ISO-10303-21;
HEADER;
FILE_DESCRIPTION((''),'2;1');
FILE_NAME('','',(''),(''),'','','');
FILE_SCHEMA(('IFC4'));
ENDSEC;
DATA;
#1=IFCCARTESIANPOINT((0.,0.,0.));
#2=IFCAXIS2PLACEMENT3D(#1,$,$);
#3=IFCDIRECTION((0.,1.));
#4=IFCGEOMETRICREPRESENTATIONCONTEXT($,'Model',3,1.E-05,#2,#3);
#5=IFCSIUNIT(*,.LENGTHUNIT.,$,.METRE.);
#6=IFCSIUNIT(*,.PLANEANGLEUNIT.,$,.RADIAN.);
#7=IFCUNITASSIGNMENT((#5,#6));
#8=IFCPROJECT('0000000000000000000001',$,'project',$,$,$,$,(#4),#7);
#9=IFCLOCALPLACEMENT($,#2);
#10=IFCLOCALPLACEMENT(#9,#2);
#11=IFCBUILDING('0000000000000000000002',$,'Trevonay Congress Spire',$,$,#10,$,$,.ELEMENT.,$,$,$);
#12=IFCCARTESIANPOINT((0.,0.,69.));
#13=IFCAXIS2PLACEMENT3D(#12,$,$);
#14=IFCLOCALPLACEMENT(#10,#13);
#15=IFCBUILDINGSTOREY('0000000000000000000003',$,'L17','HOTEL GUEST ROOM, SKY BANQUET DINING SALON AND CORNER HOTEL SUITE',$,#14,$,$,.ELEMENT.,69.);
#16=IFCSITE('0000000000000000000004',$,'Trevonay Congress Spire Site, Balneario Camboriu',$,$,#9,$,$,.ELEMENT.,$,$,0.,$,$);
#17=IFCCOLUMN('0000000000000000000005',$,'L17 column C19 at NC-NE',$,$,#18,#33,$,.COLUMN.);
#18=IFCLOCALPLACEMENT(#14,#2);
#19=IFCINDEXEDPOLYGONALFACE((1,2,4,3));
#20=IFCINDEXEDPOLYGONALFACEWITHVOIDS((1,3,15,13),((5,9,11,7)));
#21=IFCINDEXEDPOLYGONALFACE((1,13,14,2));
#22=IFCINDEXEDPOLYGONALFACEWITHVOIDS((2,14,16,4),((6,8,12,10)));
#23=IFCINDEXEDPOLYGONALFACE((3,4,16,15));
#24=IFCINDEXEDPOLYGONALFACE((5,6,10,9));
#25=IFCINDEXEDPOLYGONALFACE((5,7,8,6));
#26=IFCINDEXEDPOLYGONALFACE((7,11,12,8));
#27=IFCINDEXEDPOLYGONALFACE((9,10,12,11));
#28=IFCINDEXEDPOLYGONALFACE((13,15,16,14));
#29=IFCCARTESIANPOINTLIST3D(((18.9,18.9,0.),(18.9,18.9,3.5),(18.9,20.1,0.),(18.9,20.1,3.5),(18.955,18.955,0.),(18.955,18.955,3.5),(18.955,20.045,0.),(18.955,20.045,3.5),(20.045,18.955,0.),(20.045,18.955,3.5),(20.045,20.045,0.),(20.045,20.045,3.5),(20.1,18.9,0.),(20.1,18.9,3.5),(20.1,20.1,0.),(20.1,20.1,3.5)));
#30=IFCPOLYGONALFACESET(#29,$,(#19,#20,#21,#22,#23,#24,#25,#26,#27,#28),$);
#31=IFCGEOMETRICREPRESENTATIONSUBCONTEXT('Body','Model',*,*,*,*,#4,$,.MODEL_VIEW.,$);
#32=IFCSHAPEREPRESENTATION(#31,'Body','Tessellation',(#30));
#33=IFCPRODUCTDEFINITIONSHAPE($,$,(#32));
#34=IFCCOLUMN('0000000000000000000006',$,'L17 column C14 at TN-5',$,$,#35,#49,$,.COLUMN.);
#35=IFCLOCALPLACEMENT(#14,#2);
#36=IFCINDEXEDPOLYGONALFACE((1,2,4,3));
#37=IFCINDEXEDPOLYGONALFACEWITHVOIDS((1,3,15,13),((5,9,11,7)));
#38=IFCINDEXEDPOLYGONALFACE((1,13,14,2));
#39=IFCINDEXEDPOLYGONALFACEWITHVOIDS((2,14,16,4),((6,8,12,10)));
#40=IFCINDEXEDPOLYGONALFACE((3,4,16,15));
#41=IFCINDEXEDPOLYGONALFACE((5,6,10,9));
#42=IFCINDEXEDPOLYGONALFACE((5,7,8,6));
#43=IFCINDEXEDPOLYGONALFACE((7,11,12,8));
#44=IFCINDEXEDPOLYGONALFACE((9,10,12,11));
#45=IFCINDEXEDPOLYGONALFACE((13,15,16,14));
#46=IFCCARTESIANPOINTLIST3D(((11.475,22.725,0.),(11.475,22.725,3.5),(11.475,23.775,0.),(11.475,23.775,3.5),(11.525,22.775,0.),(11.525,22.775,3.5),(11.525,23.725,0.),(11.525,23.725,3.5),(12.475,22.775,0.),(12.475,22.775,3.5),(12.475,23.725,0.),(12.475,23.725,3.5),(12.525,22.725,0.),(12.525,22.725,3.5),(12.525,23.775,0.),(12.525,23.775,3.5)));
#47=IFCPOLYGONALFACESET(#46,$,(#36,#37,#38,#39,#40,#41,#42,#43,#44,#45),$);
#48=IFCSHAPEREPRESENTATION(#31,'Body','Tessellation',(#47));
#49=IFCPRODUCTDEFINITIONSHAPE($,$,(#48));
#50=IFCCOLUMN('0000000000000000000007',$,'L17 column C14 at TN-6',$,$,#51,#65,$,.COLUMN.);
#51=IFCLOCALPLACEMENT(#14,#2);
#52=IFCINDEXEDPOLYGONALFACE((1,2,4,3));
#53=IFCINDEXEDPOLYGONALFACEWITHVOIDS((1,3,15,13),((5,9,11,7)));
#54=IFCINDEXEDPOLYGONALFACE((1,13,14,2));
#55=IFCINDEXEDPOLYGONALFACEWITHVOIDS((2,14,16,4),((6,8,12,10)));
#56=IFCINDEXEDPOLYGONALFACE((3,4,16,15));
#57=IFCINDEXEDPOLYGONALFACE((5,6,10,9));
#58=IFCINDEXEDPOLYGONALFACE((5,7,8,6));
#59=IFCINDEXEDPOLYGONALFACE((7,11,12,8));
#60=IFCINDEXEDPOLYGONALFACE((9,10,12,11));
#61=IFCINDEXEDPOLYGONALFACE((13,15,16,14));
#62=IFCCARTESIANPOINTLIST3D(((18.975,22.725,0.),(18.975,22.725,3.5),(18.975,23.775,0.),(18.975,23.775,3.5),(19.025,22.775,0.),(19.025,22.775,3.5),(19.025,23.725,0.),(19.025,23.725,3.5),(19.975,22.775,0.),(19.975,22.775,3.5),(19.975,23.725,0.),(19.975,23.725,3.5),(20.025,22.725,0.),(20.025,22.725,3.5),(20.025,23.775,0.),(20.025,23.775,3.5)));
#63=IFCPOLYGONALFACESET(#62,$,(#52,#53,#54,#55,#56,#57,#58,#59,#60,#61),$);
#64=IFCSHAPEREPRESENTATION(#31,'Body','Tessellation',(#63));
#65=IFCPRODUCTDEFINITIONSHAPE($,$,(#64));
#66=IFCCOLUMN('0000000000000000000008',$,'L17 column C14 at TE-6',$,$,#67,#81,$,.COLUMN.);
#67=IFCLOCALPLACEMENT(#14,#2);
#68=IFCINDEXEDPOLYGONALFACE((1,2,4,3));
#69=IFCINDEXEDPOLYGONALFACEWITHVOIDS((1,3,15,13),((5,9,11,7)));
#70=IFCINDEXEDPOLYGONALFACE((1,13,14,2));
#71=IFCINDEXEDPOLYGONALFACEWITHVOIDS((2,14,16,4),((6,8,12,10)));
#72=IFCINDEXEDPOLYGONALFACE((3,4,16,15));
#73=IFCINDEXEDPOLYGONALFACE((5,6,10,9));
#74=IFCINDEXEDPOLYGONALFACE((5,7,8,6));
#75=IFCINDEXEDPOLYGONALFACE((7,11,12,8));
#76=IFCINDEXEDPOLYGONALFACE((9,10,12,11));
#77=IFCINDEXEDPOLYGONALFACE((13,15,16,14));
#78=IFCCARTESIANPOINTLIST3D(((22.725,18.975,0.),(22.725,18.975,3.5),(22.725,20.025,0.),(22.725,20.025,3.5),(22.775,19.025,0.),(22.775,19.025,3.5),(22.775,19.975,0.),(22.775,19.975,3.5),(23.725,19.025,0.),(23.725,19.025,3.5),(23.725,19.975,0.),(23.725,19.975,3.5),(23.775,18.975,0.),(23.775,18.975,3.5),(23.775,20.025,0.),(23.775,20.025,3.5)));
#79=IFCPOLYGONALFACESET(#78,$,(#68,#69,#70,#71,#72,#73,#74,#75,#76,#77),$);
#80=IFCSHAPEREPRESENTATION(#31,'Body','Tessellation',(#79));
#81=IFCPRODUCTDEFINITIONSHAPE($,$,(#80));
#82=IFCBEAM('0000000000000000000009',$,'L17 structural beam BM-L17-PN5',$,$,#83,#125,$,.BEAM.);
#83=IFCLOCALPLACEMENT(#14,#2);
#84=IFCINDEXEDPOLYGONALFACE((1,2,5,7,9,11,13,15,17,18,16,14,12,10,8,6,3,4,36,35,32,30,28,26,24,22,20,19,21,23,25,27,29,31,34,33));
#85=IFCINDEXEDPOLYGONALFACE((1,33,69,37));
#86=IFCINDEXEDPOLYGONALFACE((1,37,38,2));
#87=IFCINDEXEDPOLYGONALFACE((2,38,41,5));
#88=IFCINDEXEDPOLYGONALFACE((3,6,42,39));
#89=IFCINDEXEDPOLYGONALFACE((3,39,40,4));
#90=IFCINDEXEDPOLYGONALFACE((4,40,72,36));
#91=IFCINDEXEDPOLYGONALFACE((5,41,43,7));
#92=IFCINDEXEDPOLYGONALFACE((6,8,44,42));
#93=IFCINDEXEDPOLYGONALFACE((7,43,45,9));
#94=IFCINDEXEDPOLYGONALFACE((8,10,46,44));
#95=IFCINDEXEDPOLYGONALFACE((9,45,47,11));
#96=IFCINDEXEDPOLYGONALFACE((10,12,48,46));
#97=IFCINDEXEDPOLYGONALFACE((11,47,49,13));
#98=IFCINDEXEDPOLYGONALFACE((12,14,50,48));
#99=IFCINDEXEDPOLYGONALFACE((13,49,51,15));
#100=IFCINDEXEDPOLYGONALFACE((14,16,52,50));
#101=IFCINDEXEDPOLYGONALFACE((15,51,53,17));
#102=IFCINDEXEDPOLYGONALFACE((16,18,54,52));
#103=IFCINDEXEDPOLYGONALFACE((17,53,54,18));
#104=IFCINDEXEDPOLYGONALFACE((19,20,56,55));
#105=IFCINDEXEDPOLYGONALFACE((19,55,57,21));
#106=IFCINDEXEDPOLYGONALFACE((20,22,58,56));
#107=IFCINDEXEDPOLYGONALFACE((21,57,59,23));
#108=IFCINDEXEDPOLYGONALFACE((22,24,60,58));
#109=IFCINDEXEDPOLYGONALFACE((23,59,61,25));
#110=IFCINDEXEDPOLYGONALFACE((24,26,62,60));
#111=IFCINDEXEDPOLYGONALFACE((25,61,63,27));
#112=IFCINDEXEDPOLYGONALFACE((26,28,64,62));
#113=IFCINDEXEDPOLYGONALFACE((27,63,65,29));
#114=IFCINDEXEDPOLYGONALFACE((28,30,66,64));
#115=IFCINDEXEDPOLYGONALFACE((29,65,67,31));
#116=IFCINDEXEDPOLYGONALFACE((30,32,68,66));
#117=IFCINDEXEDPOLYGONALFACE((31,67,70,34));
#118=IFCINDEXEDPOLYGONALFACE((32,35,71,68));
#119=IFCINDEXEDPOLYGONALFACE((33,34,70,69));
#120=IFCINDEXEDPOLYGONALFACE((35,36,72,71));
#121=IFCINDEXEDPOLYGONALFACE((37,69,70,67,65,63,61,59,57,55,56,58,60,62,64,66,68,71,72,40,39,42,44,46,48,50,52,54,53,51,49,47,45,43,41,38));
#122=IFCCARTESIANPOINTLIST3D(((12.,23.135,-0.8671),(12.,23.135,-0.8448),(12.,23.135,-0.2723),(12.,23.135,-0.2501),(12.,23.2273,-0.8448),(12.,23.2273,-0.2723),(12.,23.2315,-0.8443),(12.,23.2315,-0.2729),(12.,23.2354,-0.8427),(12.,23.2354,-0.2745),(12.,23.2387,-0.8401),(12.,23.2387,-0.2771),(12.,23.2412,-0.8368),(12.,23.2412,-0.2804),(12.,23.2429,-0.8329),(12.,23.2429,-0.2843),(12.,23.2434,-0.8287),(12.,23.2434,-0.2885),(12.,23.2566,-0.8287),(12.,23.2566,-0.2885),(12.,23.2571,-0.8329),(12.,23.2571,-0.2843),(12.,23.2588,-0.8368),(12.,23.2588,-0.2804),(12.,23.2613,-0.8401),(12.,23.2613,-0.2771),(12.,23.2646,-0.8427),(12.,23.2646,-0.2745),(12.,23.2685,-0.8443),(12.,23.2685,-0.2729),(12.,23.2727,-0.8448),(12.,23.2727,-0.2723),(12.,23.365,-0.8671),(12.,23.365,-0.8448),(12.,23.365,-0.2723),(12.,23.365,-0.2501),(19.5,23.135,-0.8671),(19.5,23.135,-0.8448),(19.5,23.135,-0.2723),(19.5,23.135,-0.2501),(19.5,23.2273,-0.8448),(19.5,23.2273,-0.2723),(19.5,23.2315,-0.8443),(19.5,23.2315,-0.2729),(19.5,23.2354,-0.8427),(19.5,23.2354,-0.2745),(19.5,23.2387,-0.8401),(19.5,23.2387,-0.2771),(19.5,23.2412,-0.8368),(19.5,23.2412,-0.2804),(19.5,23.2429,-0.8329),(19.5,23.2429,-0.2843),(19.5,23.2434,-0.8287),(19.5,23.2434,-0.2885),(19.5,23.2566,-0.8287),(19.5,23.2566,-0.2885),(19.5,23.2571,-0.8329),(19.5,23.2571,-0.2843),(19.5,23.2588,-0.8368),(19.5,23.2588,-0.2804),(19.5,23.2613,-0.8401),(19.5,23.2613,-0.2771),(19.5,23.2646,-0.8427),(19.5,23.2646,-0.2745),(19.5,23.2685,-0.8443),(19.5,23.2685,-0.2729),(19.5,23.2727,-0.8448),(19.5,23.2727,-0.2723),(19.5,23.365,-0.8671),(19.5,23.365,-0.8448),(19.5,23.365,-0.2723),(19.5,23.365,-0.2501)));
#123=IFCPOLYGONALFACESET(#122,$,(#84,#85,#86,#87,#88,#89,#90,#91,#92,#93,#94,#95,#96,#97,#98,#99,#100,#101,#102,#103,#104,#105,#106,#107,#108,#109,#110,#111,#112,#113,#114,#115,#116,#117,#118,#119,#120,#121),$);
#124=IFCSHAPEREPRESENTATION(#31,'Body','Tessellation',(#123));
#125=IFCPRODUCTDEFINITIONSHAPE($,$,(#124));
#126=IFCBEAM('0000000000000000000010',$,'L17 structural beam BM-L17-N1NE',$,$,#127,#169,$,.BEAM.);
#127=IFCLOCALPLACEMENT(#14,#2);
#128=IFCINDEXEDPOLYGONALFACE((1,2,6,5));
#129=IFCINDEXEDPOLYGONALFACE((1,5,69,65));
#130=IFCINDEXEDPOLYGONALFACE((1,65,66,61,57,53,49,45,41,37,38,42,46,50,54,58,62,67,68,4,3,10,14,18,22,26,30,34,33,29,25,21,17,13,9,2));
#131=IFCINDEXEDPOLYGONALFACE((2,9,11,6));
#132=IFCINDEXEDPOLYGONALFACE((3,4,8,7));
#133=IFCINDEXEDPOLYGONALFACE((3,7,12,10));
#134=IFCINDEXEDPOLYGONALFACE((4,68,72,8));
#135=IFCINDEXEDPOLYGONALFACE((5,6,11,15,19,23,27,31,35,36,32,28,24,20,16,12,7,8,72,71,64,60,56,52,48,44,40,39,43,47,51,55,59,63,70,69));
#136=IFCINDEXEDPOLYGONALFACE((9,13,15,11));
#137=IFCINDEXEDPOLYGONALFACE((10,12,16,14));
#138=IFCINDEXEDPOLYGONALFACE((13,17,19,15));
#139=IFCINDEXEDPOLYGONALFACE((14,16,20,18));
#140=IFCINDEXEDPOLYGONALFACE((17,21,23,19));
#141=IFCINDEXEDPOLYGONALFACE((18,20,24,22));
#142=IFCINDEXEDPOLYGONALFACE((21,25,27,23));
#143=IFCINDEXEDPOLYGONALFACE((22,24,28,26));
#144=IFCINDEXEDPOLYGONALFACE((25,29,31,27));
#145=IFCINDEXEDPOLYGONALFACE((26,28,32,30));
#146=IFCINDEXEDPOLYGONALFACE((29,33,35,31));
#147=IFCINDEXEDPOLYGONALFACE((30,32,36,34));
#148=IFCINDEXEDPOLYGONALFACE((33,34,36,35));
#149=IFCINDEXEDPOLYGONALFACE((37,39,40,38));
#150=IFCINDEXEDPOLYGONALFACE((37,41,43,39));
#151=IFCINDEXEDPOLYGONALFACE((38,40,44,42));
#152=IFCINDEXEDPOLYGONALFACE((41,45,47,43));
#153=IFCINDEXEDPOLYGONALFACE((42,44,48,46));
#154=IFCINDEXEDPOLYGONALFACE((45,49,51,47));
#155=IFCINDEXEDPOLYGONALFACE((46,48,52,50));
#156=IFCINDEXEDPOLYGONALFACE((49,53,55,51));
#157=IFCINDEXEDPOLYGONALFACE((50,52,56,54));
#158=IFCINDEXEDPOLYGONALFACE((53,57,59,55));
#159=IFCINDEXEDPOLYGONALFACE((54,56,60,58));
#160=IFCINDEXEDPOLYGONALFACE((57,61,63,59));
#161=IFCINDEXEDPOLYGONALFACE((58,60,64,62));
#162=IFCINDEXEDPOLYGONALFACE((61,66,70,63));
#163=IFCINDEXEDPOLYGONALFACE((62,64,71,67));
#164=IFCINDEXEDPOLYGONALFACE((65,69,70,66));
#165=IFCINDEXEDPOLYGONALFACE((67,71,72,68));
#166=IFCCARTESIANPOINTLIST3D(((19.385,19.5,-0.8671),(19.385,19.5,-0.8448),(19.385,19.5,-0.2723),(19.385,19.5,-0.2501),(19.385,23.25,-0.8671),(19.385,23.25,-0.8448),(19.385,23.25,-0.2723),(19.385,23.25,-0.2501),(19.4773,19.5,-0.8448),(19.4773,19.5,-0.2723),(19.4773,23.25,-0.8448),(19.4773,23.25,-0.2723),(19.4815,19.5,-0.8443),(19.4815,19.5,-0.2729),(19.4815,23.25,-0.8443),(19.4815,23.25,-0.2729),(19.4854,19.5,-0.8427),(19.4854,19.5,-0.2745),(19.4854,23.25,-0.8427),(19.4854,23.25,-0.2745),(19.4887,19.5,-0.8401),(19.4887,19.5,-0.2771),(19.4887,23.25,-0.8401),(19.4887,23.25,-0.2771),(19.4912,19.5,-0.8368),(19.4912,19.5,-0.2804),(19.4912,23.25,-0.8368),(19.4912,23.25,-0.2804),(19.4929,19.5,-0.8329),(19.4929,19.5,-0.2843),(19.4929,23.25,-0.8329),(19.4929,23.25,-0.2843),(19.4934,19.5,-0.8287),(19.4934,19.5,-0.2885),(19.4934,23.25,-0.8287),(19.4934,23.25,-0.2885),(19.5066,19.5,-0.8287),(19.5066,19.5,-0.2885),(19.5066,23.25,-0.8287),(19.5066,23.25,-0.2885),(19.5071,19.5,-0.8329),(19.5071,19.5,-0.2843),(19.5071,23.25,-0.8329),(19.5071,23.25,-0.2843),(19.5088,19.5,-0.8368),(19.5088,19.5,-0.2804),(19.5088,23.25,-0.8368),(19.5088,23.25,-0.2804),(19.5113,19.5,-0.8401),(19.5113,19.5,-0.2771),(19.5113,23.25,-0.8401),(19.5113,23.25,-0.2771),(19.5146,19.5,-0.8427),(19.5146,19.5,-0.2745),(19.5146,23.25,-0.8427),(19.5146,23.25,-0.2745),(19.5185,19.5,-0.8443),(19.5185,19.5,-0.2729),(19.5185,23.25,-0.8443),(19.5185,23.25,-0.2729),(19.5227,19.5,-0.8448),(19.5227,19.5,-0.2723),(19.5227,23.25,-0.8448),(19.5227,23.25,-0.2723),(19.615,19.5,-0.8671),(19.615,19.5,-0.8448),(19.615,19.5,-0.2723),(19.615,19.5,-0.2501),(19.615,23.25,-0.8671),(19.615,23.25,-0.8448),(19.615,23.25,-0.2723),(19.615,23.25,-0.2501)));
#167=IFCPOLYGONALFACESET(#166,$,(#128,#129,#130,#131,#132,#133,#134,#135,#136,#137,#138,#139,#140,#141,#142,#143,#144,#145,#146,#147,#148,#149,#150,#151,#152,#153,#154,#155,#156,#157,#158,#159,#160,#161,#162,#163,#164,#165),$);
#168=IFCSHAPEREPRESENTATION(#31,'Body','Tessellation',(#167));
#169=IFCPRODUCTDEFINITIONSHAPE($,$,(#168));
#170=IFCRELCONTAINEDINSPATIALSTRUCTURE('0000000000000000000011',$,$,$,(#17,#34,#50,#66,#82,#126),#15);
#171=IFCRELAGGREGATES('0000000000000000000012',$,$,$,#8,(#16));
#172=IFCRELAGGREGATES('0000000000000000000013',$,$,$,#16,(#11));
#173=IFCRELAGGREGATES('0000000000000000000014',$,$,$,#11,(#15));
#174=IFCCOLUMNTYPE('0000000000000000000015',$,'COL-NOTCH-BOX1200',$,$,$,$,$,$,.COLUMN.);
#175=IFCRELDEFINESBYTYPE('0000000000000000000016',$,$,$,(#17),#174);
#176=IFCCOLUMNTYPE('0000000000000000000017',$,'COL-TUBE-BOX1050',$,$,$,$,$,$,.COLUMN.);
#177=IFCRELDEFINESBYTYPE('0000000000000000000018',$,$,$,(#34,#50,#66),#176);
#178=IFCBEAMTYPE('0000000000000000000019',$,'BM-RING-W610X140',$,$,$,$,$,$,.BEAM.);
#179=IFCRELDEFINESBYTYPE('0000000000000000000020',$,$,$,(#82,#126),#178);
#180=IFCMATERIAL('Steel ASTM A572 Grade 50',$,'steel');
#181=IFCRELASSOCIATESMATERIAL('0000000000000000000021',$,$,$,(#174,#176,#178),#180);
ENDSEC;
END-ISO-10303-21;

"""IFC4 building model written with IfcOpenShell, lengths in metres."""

from ifc_helpers import new_model, si_unit, direction, frame, origin, origin_2d, place, context, subcontext, project, spatial, hollow_rectangle, i_section, extrude, material, material_profile, profile_set, type_object, element, save


model = new_model("IFC4")

# Units and contexts
model_context = context("Model", 3, precision=1e-05, world=origin(), true_north=direction((0.0, 1.0)))
body_context = subcontext(model_context, "Body", "Model", "MODEL_VIEW")
ifc_project = project(units=[si_unit("LENGTHUNIT", "METRE"), si_unit("PLANEANGLEUNIT", "RADIAN")], contexts=[model_context])

# Site, building, storey
site_placement = place(None, origin())
site = spatial("IfcSite", under=ifc_project, at=site_placement, Name="Trevonay Congress Spire Site, Balneario Camboriu", CompositionType="ELEMENT", RefElevation=0.0)
building_placement = place(site_placement, origin())
building = spatial("IfcBuilding", under=site, at=building_placement, Name="Trevonay Congress Spire", CompositionType="ELEMENT")
storey_placement = place(building_placement, frame((0.0, 0.0, 69.0)))
storey = spatial("IfcBuildingStorey", under=building, at=storey_placement, Name="L17", Description="HOTEL GUEST ROOM, SKY BANQUET DINING SALON AND CORNER HOTEL SUITE", CompositionType="ELEMENT", Elevation=69.0)

# Columns
ifc_material_1 = material(Name="Steel ASTM A572 Grade 50", Category="steel")
ifc_material_profile_1 = material_profile(ifc_material_1, hollow_rectangle(XDim=1.2, YDim=1.2, WallThickness=0.0549, at=origin_2d()), Name="BOX 1200x1200x55")
ifc_profile_set_1 = profile_set([ifc_material_profile_1], Name="Steel ASTM A572 Grade 50")
column_type_1 = type_object("IfcColumnType", Name="COL-NOTCH-BOX1200", PredefinedType="COLUMN", material=ifc_profile_set_1)
column_placement = place(storey_placement, frame((19.5, 19.5, 0.0), z_axis=(0.0, 0.0, 1.0), x_axis=(1.0, 0.0, 0.0)))
element("IfcColumn", 1, at=column_placement, inside=storey, type_object=column_type_1, Name="L17 column C19 at NC-NE", PredefinedType="COLUMN", context=body_context, shape_type="SweptSolid", body=[
    extrude(hollow_rectangle(XDim=1.2, YDim=1.2, WallThickness=0.0549, at=origin_2d()), origin(), (0.0, 0.0, 1.0), 3.5),
])
ifc_material_profile_2 = material_profile(ifc_material_1, hollow_rectangle(XDim=1.05, YDim=1.05, WallThickness=0.05, at=origin_2d()), Name="BOX 1050x1050x50")
ifc_profile_set_2 = profile_set([ifc_material_profile_2], Name="Steel ASTM A572 Grade 50")
column_type_2 = type_object("IfcColumnType", Name="COL-TUBE-BOX1050", PredefinedType="COLUMN", material=ifc_profile_set_2)
for number, where, z_axis, x_axis, name in (
    (2, (12.0, 23.25, 0.0), (0.0, 0.0, 1.0), (1.0, 0.0, 0.0), "L17 column C14 at TN-5"),
    (3, (19.5, 23.25, 0.0), (0.0, 0.0, 1.0), (1.0, 0.0, 0.0), "L17 column C14 at TN-6"),
    (4, (23.25, 19.5, 0.0), (0.0, 0.0, 1.0), (1.0, 0.0, 0.0), "L17 column C14 at TE-6"),
):
    element("IfcColumn", number, at=place(storey_placement, frame(where, z_axis=z_axis, x_axis=x_axis)), inside=storey, type_object=column_type_2, Name=name, PredefinedType="COLUMN", context=body_context, shape_type="SweptSolid", body=[
        extrude(hollow_rectangle(XDim=1.05, YDim=1.05, WallThickness=0.05, at=origin_2d()), origin(), (0.0, 0.0, 1.0), 3.5),
    ])

# Beams
ifc_material_profile_3 = material_profile(ifc_material_1, i_section(OverallWidth=0.23, OverallDepth=0.6169, WebThickness=0.0132, FlangeThickness=0.0222, FilletRadius=0.0161, at=origin_2d()), Name="W610x140")
ifc_profile_set_3 = profile_set([ifc_material_profile_3], Name="Steel ASTM A572 Grade 50")
beam_type = type_object("IfcBeamType", Name="BM-RING-W610X140", PredefinedType="BEAM", material=ifc_profile_set_3)
beam_placement = place(storey_placement, frame((12.0, 23.25, -0.5586), z_axis=(1.0, 0.0, 0.0), x_axis=(0.0, 1.0, 0.0)))
element("IfcBeam", 5, at=beam_placement, inside=storey, type_object=beam_type, Name="L17 structural beam BM-L17-PN5", PredefinedType="BEAM", context=body_context, shape_type="SweptSolid", body=[
    extrude(i_section(OverallWidth=0.23, OverallDepth=0.6169, WebThickness=0.0132, FlangeThickness=0.0222, FilletRadius=0.0161, at=origin_2d()), origin(), (0.0, 0.0, 1.0), 7.5),
])
for number, where, z_axis, x_axis, name in (
    (6, (19.5, 23.25, -0.5586), (0.0, -1.0, 0.0), (1.0, 0.0, 0.0), "L17 structural beam BM-L17-N1NE"),
):
    element("IfcBeam", number, at=place(storey_placement, frame(where, z_axis=z_axis, x_axis=x_axis)), inside=storey, type_object=beam_type, Name=name, PredefinedType="BEAM", context=body_context, shape_type="SweptSolid", body=[
        extrude(i_section(OverallWidth=0.23, OverallDepth=0.6169, WebThickness=0.0132, FlangeThickness=0.0222, FilletRadius=0.0161, at=origin_2d()), origin(), (0.0, 0.0, 1.0), 3.75),
    ])

save(model, "model.ifc")
